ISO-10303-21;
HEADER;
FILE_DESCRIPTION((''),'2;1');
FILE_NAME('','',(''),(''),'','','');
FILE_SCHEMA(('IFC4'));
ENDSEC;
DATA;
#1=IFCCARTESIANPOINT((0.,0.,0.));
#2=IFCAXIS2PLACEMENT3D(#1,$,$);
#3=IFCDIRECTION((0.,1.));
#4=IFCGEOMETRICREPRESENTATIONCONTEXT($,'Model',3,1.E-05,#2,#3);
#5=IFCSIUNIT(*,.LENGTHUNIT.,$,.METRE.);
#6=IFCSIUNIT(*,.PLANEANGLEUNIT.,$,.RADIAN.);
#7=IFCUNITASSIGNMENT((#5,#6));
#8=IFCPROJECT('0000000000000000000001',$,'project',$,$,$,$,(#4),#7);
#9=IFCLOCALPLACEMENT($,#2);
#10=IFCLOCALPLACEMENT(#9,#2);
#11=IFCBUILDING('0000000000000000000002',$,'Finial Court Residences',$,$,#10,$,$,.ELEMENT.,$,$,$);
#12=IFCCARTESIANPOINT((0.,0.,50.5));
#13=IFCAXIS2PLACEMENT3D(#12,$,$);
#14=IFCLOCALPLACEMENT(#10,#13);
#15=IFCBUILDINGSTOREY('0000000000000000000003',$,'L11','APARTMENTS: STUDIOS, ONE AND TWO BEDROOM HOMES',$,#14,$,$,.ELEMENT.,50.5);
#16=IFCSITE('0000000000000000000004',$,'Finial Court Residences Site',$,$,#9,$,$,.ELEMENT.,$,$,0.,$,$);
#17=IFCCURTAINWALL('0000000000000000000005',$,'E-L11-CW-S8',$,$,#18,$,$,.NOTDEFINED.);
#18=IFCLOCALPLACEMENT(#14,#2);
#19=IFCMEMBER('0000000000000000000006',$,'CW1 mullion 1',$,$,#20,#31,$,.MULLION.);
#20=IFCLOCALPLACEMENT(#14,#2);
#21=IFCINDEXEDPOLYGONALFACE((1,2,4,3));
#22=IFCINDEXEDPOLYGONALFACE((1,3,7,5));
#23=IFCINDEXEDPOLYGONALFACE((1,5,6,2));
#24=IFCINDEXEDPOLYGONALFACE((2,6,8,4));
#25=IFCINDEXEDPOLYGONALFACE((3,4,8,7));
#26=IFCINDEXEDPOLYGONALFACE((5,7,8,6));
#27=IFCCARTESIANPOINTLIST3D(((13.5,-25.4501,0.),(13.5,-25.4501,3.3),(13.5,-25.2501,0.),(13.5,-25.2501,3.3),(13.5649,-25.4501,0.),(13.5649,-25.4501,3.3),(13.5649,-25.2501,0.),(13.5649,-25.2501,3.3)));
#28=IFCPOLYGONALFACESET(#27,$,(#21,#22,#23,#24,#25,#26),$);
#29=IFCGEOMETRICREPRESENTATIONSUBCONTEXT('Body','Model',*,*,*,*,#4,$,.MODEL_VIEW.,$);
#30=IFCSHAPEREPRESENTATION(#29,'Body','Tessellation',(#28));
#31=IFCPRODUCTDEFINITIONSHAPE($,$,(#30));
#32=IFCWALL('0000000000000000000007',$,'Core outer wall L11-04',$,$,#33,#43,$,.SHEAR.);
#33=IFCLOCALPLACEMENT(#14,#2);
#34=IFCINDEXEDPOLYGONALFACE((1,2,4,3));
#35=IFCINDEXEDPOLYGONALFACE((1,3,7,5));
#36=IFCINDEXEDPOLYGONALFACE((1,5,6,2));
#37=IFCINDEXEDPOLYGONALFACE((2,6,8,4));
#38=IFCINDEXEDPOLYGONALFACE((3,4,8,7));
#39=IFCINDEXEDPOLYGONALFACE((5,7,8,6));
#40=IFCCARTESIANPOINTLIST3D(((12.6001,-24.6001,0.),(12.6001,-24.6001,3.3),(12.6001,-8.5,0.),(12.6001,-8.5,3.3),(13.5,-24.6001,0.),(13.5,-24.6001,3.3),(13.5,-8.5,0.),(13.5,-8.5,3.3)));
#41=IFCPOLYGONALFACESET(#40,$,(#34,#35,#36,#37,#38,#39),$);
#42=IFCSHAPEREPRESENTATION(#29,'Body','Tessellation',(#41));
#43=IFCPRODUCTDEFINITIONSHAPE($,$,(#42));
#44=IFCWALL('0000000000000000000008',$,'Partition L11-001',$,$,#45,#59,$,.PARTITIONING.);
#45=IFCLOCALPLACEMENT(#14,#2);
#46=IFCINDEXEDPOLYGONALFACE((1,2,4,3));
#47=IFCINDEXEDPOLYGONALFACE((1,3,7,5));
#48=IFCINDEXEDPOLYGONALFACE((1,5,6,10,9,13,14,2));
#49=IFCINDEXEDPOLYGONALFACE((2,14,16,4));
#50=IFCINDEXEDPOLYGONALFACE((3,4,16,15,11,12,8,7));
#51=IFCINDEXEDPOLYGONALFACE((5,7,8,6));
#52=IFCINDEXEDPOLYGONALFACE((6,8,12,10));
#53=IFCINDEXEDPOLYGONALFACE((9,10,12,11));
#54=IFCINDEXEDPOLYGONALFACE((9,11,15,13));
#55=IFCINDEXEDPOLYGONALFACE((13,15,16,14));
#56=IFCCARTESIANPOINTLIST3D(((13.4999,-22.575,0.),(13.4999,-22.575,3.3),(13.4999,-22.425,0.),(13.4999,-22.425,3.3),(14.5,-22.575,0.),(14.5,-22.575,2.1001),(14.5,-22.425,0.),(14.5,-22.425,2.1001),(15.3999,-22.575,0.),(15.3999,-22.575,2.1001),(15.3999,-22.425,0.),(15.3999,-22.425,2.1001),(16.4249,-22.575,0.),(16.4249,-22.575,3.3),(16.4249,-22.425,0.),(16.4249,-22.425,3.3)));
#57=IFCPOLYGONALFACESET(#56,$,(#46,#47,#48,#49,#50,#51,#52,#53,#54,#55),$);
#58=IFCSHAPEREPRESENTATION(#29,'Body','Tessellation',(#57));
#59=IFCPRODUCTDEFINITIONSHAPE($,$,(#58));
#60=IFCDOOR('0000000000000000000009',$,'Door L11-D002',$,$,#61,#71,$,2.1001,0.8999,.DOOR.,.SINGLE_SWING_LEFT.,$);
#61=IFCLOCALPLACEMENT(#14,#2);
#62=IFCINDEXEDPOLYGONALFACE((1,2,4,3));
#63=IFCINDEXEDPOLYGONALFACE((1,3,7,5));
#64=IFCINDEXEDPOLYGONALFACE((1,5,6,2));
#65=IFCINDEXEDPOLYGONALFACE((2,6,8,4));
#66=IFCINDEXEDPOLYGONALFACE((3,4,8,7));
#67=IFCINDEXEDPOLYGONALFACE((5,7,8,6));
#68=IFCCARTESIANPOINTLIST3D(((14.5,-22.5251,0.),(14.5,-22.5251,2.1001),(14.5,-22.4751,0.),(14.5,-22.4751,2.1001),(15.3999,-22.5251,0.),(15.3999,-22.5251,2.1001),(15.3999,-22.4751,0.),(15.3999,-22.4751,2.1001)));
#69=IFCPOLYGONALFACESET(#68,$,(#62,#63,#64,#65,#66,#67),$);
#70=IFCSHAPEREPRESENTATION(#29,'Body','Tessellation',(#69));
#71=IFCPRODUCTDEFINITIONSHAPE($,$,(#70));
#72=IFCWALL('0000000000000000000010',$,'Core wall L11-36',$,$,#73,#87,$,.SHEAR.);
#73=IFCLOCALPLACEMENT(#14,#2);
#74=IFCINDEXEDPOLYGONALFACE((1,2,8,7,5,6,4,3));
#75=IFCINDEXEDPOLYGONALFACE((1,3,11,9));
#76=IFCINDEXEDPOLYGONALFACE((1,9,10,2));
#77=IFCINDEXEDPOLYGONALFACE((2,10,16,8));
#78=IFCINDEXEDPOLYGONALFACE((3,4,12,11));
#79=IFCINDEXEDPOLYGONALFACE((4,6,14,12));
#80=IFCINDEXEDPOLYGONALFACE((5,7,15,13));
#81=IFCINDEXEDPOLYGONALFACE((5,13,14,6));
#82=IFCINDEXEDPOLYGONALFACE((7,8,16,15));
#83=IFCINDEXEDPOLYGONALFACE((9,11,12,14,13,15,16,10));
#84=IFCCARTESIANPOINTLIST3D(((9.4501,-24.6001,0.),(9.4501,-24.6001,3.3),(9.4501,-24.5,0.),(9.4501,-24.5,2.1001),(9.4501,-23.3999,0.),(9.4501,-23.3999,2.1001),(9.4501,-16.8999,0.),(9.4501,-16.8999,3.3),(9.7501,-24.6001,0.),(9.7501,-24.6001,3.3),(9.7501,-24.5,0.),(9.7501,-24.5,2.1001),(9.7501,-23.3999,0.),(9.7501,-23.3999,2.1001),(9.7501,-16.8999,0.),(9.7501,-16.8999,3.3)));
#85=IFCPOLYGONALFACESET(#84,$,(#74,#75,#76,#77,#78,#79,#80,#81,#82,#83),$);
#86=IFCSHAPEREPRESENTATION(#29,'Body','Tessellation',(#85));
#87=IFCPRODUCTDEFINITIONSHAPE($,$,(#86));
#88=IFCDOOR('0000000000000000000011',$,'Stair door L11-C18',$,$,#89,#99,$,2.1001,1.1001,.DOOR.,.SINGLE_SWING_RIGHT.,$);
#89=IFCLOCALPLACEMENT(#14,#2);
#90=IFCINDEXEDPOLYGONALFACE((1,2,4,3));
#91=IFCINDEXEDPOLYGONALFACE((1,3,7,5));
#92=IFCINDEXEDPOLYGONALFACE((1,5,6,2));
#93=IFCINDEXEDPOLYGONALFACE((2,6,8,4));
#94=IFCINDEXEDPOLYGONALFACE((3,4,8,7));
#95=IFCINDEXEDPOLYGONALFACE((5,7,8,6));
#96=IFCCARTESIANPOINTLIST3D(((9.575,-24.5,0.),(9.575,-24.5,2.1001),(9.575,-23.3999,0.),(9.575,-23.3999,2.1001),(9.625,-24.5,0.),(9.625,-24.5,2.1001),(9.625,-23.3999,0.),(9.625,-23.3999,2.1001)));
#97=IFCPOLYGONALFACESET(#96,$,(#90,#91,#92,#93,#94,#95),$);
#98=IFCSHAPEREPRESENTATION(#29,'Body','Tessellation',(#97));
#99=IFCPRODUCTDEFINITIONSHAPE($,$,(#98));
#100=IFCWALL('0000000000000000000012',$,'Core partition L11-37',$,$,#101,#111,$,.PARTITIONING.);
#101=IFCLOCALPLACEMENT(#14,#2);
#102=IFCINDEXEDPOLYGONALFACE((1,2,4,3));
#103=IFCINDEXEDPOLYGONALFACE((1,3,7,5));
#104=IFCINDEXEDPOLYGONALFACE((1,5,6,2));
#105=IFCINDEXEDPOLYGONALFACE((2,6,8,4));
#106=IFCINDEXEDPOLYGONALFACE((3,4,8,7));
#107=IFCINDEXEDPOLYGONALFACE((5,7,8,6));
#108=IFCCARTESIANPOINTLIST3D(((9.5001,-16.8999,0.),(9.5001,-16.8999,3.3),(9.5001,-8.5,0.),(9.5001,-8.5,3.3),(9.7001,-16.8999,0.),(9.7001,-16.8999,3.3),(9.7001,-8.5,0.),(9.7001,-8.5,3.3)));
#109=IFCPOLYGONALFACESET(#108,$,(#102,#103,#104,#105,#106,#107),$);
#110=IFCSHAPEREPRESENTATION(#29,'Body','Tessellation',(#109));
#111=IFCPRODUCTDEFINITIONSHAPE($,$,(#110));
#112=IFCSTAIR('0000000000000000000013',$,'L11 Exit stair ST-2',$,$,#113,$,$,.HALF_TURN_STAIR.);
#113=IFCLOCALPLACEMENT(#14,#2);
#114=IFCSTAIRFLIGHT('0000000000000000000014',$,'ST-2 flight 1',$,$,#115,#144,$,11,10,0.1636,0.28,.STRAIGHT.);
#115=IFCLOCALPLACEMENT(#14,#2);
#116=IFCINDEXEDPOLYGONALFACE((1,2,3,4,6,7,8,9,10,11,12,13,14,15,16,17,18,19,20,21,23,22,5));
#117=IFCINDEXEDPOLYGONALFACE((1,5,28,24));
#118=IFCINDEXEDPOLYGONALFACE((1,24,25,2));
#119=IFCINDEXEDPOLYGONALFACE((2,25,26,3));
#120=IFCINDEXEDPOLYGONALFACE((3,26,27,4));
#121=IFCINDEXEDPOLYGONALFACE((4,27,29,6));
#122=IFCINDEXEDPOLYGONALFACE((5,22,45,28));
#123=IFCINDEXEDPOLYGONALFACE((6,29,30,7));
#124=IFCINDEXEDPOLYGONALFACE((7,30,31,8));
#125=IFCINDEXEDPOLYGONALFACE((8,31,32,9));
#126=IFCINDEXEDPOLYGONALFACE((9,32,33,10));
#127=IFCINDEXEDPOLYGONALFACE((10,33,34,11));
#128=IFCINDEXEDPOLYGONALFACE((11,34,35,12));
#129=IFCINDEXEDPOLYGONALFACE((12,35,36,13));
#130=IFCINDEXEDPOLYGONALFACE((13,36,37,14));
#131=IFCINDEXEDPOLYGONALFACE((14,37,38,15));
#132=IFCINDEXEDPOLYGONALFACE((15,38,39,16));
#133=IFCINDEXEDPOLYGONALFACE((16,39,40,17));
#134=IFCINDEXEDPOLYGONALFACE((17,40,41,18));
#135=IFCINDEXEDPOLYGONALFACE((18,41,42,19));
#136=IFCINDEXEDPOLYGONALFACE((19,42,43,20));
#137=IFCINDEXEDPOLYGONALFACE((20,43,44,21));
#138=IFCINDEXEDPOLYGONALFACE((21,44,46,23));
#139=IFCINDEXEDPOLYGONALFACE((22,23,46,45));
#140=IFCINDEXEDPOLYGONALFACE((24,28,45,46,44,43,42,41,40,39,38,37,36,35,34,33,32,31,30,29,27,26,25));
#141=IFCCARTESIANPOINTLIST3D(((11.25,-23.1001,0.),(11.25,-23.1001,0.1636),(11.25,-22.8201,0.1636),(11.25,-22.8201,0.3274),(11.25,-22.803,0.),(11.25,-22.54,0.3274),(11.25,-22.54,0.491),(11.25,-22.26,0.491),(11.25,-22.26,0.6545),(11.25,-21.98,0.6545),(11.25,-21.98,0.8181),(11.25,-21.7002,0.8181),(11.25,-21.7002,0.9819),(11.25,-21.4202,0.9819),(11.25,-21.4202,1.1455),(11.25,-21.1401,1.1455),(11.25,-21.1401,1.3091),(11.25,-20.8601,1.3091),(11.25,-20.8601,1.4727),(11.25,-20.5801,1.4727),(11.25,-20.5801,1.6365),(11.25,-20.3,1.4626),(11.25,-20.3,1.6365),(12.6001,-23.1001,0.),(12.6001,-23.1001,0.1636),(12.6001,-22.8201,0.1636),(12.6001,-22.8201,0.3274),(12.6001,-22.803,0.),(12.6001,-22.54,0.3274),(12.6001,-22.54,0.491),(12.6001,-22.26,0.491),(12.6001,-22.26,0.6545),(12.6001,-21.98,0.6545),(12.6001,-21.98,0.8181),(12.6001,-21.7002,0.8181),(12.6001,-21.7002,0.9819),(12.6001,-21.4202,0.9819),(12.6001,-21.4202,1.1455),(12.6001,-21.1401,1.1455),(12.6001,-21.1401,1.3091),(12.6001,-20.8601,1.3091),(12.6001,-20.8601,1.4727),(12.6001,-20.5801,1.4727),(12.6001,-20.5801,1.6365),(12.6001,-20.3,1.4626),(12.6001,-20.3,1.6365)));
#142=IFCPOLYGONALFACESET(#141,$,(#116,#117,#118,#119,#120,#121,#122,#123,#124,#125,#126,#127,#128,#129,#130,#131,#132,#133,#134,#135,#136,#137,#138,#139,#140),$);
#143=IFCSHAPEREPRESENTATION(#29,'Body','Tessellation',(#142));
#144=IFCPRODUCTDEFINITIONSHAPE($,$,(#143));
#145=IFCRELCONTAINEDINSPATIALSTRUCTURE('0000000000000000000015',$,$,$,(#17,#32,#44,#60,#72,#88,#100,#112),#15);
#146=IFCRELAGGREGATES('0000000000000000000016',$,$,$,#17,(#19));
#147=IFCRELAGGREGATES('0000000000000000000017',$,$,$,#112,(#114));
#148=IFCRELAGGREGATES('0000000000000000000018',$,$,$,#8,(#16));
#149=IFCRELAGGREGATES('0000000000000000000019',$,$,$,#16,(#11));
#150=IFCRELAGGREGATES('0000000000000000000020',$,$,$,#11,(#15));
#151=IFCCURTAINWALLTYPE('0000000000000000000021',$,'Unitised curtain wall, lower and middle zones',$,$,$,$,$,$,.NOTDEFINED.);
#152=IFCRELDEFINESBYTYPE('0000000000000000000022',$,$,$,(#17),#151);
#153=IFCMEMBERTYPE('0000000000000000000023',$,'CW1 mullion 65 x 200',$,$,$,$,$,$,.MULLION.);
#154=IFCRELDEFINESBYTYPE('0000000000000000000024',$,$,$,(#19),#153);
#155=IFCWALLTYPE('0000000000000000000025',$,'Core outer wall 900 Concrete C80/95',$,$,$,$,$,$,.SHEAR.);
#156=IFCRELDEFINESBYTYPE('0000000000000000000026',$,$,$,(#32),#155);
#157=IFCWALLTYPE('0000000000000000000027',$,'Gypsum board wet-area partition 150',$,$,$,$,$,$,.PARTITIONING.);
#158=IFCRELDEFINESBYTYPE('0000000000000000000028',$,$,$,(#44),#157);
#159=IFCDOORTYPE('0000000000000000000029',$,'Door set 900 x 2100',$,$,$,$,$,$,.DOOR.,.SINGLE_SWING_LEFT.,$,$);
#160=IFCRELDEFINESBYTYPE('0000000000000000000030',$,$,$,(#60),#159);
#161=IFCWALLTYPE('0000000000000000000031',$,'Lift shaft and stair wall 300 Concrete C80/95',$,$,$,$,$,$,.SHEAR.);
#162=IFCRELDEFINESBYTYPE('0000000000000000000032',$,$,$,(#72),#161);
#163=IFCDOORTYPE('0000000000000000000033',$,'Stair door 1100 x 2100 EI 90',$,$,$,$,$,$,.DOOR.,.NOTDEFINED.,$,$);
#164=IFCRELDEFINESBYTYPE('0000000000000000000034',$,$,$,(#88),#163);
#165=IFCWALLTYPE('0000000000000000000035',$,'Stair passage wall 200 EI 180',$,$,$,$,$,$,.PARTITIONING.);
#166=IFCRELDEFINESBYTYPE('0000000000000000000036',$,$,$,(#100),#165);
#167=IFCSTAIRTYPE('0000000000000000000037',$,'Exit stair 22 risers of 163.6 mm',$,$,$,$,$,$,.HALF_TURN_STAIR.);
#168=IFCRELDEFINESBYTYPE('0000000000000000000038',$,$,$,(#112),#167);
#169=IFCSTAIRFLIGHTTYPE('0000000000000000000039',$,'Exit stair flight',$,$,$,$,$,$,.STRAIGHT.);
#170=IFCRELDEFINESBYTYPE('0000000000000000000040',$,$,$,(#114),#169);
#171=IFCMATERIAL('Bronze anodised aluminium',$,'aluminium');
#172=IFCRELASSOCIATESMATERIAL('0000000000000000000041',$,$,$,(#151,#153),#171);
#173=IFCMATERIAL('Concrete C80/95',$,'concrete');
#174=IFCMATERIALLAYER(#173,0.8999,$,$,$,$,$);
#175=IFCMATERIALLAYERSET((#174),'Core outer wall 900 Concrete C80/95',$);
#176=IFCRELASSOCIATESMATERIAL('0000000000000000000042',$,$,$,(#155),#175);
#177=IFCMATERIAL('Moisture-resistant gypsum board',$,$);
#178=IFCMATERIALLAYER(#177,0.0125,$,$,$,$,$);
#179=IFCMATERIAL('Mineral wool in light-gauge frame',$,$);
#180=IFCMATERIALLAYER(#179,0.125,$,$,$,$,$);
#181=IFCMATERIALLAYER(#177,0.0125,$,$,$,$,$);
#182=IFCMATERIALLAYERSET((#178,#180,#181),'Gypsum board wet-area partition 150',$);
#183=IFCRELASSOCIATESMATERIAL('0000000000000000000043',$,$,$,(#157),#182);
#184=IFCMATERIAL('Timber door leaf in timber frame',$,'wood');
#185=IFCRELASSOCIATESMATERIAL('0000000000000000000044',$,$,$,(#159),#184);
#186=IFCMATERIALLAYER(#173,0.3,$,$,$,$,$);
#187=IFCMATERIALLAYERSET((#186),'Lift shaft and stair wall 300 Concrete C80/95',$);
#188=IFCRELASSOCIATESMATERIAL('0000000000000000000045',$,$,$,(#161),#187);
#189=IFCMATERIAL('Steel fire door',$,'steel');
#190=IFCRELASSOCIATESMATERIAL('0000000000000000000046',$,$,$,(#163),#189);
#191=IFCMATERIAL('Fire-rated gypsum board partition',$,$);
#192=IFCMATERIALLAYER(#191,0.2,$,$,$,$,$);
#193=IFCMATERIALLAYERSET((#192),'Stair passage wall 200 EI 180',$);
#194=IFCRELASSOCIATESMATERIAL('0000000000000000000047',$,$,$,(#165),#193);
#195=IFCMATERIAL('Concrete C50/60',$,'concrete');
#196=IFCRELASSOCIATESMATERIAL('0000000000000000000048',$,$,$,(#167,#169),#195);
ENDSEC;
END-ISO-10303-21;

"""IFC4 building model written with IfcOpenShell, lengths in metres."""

from ifc_helpers import new_model, si_unit, direction, frame, frame_2d, origin, origin_2d, place, context, subcontext, project, spatial, polyline, rectangle, outline, extrude, material, layer, layer_set, material_profile, profile_set, type_object, element, fill, aggregate, save


model = new_model("IFC4")

# Units and contexts
model_context = context("Model", 3, precision=1e-05, world=origin(), true_north=direction((0.0, 1.0)))
body_context = subcontext(model_context, "Body", "Model", "MODEL_VIEW")
ifc_project = project(units=[si_unit("LENGTHUNIT", "METRE"), si_unit("PLANEANGLEUNIT", "RADIAN")], contexts=[model_context])

# Site, building, storey
site_placement = place(None, origin())
site = spatial("IfcSite", under=ifc_project, at=site_placement, Name="Finial Court Residences Site", CompositionType="ELEMENT", RefElevation=0.0)
building_placement = place(site_placement, origin())
building = spatial("IfcBuilding", under=site, at=building_placement, Name="Finial Court Residences", CompositionType="ELEMENT")
storey_placement = place(building_placement, frame((0.0, 0.0, 50.5)))
storey = spatial("IfcBuildingStorey", under=building, at=storey_placement, Name="L11", Description="APARTMENTS: STUDIOS, ONE AND TWO BEDROOM HOMES", CompositionType="ELEMENT", Elevation=50.5)

# Curtain wall, member
ifc_material_1 = material(Name="Bronze anodised aluminium", Category="aluminium")
curtain_wall_type = type_object("IfcCurtainWallType", Name="Unitised curtain wall, lower and middle zones", PredefinedType="NOTDEFINED", material=ifc_material_1)
curtain_wall_placement = place(storey_placement, origin())
curtain_wall = element("IfcCurtainWall", 1, at=curtain_wall_placement, inside=storey, type_object=curtain_wall_type, Name="E-L11-CW-S8", PredefinedType="NOTDEFINED")
ifc_material_profile = material_profile(ifc_material_1, rectangle(XDim=0.2, YDim=0.0649, at=origin_2d()), Name="CW1 mullion 65 x 200")
ifc_profile_set = profile_set([ifc_material_profile], Name="Bronze anodised aluminium")
member_type = type_object("IfcMemberType", Name="CW1 mullion 65 x 200", PredefinedType="MULLION", material=ifc_profile_set)
member_placement = place(storey_placement, frame((13.5325, -25.3501, 0.0), z_axis=(0.0, 0.0, 1.0), x_axis=(0.0, 1.0, 0.0)))
member = element("IfcMember", 2, at=member_placement, type_object=member_type, Name="CW1 mullion 1", PredefinedType="MULLION", context=body_context, shape_type="SweptSolid", body=[
    extrude(rectangle(XDim=0.2, YDim=0.0649, at=origin_2d()), origin(), (0.0, 0.0, 1.0), 3.3),
])
aggregate(curtain_wall, [member])

# Wall
ifc_material_2 = material(Name="Concrete C80/95", Category="concrete")
ifc_layer_1 = layer(ifc_material_2, 0.8999)
ifc_layer_set_1 = layer_set([ifc_layer_1], Name="Core outer wall 900 Concrete C80/95")
wall_type_1 = type_object("IfcWallType", Name="Core outer wall 900 Concrete C80/95", PredefinedType="SHEAR", material=ifc_layer_set_1)
wall_1_placement = place(storey_placement, frame((13.05, -24.6001, 0.0), z_axis=(0.0, 0.0, 1.0), x_axis=(0.0, 1.0, 0.0)))
element("IfcWall", 3, at=wall_1_placement, inside=storey, type_object=wall_type_1, Name="Core outer wall L11-04", PredefinedType="SHEAR", context=body_context, shape_type="SweptSolid", body=[
    extrude(rectangle(XDim=16.1001, YDim=0.8999, at=frame_2d((8.05, 0.0))), origin(), (0.0, 0.0, 1.0), 3.3),
])

# Walls, openings, doors
ifc_material_3 = material(Name="Moisture-resistant gypsum board")
ifc_layer_2 = layer(ifc_material_3, 0.0125)
ifc_material_4 = material(Name="Mineral wool in light-gauge frame")
ifc_layer_3 = layer(ifc_material_4, 0.125)
ifc_layer_4 = layer(ifc_material_3, 0.0125)
ifc_layer_set_2 = layer_set([ifc_layer_2, ifc_layer_3, ifc_layer_4], Name="Gypsum board wet-area partition 150")
wall_type_2 = type_object("IfcWallType", Name="Gypsum board wet-area partition 150", PredefinedType="PARTITIONING", material=ifc_layer_set_2)
wall_2_placement = place(storey_placement, frame((13.5, -22.5, 0.0), z_axis=(0.0, 0.0, 1.0), x_axis=(1.0, 0.0, 0.0)))
wall_2 = element("IfcWall", 4, at=wall_2_placement, inside=storey, type_object=wall_type_2, Name="Partition L11-001", PredefinedType="PARTITIONING", context=body_context, shape_type="SweptSolid", body=[
    extrude(rectangle(XDim=2.925, YDim=0.1499, at=frame_2d((1.4624, 0.0))), origin(), (0.0, 0.0, 1.0), 3.3),
])
opening_1_placement = place(wall_2_placement, frame((1.0, 0.0, 0.0)))
opening_1 = element("IfcOpeningElement", 5, at=opening_1_placement, cuts=wall_2, PredefinedType="OPENING", context=body_context, shape_type="SweptSolid", body=[
    extrude(rectangle(XDim=0.8999, YDim=2.1001, at=frame_2d((0.45, 1.05))), frame((0.0, 0.085, 0.0), z_axis=(0.0, -1.0, 0.0), x_axis=(1.0, 0.0, 0.0)), (0.0, 0.0, 1.0), 0.1699),
])
ifc_material_5 = material(Name="Timber door leaf in timber frame", Category="wood")
door_type_1 = type_object("IfcDoorType", Name="Door set 900 x 2100", OperationType="SINGLE_SWING_LEFT", PredefinedType="DOOR", material=ifc_material_5)
door_1_placement = place(opening_1_placement, origin())
door_1 = element("IfcDoor", 6, at=door_1_placement, inside=storey, type_object=door_type_1, Name="Door L11-D002", OperationType="SINGLE_SWING_LEFT", OverallHeight=2.1001, OverallWidth=0.8999, PredefinedType="DOOR", context=body_context, shape_type="SweptSolid", body=[
    extrude(rectangle(XDim=0.8999, YDim=2.1001, at=frame_2d((0.45, 1.05))), frame((0.0, 0.0249, 0.0), z_axis=(0.0, -1.0, 0.0), x_axis=(1.0, 0.0, 0.0)), (0.0, 0.0, 1.0), 0.05),
])
fill(opening_1, door_1)
ifc_layer_5 = layer(ifc_material_2, 0.3)
ifc_layer_set_3 = layer_set([ifc_layer_5], Name="Lift shaft and stair wall 300 Concrete C80/95")
wall_type_3 = type_object("IfcWallType", Name="Lift shaft and stair wall 300 Concrete C80/95", PredefinedType="SHEAR", material=ifc_layer_set_3)
wall_3_placement = place(storey_placement, frame((9.6001, -16.8999, 0.0), z_axis=(0.0, 0.0, 1.0), x_axis=(0.0, -1.0, 0.0)))
wall_3 = element("IfcWall", 7, at=wall_3_placement, inside=storey, type_object=wall_type_3, Name="Core wall L11-36", PredefinedType="SHEAR", context=body_context, shape_type="SweptSolid", body=[
    extrude(rectangle(XDim=7.7002, YDim=0.3, at=frame_2d((3.8501, 0.0))), origin(), (0.0, 0.0, 1.0), 3.3),
])
opening_2_placement = place(wall_3_placement, frame((6.5, 0.0, 0.0)))
opening_2 = element("IfcOpeningElement", 8, at=opening_2_placement, cuts=wall_3, PredefinedType="OPENING", context=body_context, shape_type="SweptSolid", body=[
    extrude(rectangle(XDim=1.1001, YDim=2.1001, at=frame_2d((0.55, 1.05))), frame((0.0, 0.1599, 0.0), z_axis=(0.0, -1.0, 0.0), x_axis=(1.0, 0.0, 0.0)), (0.0, 0.0, 1.0), 0.3201),
])
ifc_material_6 = material(Name="Steel fire door", Category="steel")
door_type_2 = type_object("IfcDoorType", Name="Stair door 1100 x 2100 EI 90", OperationType="NOTDEFINED", PredefinedType="DOOR", material=ifc_material_6)
door_2_placement = place(opening_2_placement, origin())
door_2 = element("IfcDoor", 9, at=door_2_placement, inside=storey, type_object=door_type_2, Name="Stair door L11-C18", OperationType="SINGLE_SWING_RIGHT", OverallHeight=2.1001, OverallWidth=1.1001, PredefinedType="DOOR", context=body_context, shape_type="SweptSolid", body=[
    extrude(rectangle(XDim=1.1001, YDim=2.1001, at=frame_2d((0.55, 1.05))), frame((0.0, 0.0249, 0.0), z_axis=(0.0, -1.0, 0.0), x_axis=(1.0, 0.0, 0.0)), (0.0, 0.0, 1.0), 0.05),
])
fill(opening_2, door_2)

# Wall
ifc_material_7 = material(Name="Fire-rated gypsum board partition")
ifc_layer_6 = layer(ifc_material_7, 0.2)
ifc_layer_set_4 = layer_set([ifc_layer_6], Name="Stair passage wall 200 EI 180")
wall_type_4 = type_object("IfcWallType", Name="Stair passage wall 200 EI 180", PredefinedType="PARTITIONING", material=ifc_layer_set_4)
wall_4_placement = place(storey_placement, frame((9.6001, -16.8999, 0.0), z_axis=(0.0, 0.0, 1.0), x_axis=(0.0, 1.0, 0.0)))
element("IfcWall", 10, at=wall_4_placement, inside=storey, type_object=wall_type_4, Name="Core partition L11-37", PredefinedType="PARTITIONING", context=body_context, shape_type="SweptSolid", body=[
    extrude(rectangle(XDim=8.3999, YDim=0.2, at=frame_2d((4.2, 0.0))), origin(), (0.0, 0.0, 1.0), 3.3),
])

# Stair, stair flight
ifc_material_8 = material(Name="Concrete C50/60", Category="concrete")
stair_type = type_object("IfcStairType", Name="Exit stair 22 risers of 163.6 mm", PredefinedType="HALF_TURN_STAIR", material=ifc_material_8)
stair_placement = place(storey_placement, origin())
stair = element("IfcStair", 11, at=stair_placement, inside=storey, type_object=stair_type, Name="L11 Exit stair ST-2", PredefinedType="HALF_TURN_STAIR")
stair_flight_type = type_object("IfcStairFlightType", Name="Exit stair flight", PredefinedType="STRAIGHT", material=ifc_material_8)
stair_flight_1_placement = place(storey_placement, frame((11.925, -23.1001, 0.0), z_axis=(0.0, 0.0, 1.0), x_axis=(0.0, 1.0, 0.0)))
stair_flight_1 = element("IfcStairFlight", 12, at=stair_flight_1_placement, type_object=stair_flight_type, Name="ST-2 flight 1", NumberOfRisers=11, NumberOfTreads=10, PredefinedType="STRAIGHT", RiserHeight=0.1636, TreadLength=0.28, context=body_context, shape_type="SweptSolid", body=[
    extrude(outline(polyline([(0.0, 0.0), (0.0, 0.1636), (0.28, 0.1636), (0.28, 0.3274), (0.5601, 0.3274), (0.5601, 0.491), (0.8401, 0.491), (0.8401, 0.6545), (1.1201, 0.6545), (1.1201, 0.8181), (1.3999, 0.8181), (1.3999, 0.9819), (1.6799, 0.9819), (1.6799, 1.1455), (1.96, 1.1455), (1.96, 1.3091), (2.24, 1.3091), (2.24, 1.4727), (2.52, 1.4727), (2.52, 1.6365), (2.8, 1.6365), (2.8, 1.8), (2.8, 1.4626), (0.2971, 0.0), (0.0, 0.0)])), frame((0.0, 0.675, 0.0), z_axis=(0.0, -1.0, 0.0), x_axis=(1.0, 0.0, 0.0)), (0.0, 0.0, 1.0), 1.3501),
])
aggregate(stair, [stair_flight_1])

save(model, "model.ifc")
